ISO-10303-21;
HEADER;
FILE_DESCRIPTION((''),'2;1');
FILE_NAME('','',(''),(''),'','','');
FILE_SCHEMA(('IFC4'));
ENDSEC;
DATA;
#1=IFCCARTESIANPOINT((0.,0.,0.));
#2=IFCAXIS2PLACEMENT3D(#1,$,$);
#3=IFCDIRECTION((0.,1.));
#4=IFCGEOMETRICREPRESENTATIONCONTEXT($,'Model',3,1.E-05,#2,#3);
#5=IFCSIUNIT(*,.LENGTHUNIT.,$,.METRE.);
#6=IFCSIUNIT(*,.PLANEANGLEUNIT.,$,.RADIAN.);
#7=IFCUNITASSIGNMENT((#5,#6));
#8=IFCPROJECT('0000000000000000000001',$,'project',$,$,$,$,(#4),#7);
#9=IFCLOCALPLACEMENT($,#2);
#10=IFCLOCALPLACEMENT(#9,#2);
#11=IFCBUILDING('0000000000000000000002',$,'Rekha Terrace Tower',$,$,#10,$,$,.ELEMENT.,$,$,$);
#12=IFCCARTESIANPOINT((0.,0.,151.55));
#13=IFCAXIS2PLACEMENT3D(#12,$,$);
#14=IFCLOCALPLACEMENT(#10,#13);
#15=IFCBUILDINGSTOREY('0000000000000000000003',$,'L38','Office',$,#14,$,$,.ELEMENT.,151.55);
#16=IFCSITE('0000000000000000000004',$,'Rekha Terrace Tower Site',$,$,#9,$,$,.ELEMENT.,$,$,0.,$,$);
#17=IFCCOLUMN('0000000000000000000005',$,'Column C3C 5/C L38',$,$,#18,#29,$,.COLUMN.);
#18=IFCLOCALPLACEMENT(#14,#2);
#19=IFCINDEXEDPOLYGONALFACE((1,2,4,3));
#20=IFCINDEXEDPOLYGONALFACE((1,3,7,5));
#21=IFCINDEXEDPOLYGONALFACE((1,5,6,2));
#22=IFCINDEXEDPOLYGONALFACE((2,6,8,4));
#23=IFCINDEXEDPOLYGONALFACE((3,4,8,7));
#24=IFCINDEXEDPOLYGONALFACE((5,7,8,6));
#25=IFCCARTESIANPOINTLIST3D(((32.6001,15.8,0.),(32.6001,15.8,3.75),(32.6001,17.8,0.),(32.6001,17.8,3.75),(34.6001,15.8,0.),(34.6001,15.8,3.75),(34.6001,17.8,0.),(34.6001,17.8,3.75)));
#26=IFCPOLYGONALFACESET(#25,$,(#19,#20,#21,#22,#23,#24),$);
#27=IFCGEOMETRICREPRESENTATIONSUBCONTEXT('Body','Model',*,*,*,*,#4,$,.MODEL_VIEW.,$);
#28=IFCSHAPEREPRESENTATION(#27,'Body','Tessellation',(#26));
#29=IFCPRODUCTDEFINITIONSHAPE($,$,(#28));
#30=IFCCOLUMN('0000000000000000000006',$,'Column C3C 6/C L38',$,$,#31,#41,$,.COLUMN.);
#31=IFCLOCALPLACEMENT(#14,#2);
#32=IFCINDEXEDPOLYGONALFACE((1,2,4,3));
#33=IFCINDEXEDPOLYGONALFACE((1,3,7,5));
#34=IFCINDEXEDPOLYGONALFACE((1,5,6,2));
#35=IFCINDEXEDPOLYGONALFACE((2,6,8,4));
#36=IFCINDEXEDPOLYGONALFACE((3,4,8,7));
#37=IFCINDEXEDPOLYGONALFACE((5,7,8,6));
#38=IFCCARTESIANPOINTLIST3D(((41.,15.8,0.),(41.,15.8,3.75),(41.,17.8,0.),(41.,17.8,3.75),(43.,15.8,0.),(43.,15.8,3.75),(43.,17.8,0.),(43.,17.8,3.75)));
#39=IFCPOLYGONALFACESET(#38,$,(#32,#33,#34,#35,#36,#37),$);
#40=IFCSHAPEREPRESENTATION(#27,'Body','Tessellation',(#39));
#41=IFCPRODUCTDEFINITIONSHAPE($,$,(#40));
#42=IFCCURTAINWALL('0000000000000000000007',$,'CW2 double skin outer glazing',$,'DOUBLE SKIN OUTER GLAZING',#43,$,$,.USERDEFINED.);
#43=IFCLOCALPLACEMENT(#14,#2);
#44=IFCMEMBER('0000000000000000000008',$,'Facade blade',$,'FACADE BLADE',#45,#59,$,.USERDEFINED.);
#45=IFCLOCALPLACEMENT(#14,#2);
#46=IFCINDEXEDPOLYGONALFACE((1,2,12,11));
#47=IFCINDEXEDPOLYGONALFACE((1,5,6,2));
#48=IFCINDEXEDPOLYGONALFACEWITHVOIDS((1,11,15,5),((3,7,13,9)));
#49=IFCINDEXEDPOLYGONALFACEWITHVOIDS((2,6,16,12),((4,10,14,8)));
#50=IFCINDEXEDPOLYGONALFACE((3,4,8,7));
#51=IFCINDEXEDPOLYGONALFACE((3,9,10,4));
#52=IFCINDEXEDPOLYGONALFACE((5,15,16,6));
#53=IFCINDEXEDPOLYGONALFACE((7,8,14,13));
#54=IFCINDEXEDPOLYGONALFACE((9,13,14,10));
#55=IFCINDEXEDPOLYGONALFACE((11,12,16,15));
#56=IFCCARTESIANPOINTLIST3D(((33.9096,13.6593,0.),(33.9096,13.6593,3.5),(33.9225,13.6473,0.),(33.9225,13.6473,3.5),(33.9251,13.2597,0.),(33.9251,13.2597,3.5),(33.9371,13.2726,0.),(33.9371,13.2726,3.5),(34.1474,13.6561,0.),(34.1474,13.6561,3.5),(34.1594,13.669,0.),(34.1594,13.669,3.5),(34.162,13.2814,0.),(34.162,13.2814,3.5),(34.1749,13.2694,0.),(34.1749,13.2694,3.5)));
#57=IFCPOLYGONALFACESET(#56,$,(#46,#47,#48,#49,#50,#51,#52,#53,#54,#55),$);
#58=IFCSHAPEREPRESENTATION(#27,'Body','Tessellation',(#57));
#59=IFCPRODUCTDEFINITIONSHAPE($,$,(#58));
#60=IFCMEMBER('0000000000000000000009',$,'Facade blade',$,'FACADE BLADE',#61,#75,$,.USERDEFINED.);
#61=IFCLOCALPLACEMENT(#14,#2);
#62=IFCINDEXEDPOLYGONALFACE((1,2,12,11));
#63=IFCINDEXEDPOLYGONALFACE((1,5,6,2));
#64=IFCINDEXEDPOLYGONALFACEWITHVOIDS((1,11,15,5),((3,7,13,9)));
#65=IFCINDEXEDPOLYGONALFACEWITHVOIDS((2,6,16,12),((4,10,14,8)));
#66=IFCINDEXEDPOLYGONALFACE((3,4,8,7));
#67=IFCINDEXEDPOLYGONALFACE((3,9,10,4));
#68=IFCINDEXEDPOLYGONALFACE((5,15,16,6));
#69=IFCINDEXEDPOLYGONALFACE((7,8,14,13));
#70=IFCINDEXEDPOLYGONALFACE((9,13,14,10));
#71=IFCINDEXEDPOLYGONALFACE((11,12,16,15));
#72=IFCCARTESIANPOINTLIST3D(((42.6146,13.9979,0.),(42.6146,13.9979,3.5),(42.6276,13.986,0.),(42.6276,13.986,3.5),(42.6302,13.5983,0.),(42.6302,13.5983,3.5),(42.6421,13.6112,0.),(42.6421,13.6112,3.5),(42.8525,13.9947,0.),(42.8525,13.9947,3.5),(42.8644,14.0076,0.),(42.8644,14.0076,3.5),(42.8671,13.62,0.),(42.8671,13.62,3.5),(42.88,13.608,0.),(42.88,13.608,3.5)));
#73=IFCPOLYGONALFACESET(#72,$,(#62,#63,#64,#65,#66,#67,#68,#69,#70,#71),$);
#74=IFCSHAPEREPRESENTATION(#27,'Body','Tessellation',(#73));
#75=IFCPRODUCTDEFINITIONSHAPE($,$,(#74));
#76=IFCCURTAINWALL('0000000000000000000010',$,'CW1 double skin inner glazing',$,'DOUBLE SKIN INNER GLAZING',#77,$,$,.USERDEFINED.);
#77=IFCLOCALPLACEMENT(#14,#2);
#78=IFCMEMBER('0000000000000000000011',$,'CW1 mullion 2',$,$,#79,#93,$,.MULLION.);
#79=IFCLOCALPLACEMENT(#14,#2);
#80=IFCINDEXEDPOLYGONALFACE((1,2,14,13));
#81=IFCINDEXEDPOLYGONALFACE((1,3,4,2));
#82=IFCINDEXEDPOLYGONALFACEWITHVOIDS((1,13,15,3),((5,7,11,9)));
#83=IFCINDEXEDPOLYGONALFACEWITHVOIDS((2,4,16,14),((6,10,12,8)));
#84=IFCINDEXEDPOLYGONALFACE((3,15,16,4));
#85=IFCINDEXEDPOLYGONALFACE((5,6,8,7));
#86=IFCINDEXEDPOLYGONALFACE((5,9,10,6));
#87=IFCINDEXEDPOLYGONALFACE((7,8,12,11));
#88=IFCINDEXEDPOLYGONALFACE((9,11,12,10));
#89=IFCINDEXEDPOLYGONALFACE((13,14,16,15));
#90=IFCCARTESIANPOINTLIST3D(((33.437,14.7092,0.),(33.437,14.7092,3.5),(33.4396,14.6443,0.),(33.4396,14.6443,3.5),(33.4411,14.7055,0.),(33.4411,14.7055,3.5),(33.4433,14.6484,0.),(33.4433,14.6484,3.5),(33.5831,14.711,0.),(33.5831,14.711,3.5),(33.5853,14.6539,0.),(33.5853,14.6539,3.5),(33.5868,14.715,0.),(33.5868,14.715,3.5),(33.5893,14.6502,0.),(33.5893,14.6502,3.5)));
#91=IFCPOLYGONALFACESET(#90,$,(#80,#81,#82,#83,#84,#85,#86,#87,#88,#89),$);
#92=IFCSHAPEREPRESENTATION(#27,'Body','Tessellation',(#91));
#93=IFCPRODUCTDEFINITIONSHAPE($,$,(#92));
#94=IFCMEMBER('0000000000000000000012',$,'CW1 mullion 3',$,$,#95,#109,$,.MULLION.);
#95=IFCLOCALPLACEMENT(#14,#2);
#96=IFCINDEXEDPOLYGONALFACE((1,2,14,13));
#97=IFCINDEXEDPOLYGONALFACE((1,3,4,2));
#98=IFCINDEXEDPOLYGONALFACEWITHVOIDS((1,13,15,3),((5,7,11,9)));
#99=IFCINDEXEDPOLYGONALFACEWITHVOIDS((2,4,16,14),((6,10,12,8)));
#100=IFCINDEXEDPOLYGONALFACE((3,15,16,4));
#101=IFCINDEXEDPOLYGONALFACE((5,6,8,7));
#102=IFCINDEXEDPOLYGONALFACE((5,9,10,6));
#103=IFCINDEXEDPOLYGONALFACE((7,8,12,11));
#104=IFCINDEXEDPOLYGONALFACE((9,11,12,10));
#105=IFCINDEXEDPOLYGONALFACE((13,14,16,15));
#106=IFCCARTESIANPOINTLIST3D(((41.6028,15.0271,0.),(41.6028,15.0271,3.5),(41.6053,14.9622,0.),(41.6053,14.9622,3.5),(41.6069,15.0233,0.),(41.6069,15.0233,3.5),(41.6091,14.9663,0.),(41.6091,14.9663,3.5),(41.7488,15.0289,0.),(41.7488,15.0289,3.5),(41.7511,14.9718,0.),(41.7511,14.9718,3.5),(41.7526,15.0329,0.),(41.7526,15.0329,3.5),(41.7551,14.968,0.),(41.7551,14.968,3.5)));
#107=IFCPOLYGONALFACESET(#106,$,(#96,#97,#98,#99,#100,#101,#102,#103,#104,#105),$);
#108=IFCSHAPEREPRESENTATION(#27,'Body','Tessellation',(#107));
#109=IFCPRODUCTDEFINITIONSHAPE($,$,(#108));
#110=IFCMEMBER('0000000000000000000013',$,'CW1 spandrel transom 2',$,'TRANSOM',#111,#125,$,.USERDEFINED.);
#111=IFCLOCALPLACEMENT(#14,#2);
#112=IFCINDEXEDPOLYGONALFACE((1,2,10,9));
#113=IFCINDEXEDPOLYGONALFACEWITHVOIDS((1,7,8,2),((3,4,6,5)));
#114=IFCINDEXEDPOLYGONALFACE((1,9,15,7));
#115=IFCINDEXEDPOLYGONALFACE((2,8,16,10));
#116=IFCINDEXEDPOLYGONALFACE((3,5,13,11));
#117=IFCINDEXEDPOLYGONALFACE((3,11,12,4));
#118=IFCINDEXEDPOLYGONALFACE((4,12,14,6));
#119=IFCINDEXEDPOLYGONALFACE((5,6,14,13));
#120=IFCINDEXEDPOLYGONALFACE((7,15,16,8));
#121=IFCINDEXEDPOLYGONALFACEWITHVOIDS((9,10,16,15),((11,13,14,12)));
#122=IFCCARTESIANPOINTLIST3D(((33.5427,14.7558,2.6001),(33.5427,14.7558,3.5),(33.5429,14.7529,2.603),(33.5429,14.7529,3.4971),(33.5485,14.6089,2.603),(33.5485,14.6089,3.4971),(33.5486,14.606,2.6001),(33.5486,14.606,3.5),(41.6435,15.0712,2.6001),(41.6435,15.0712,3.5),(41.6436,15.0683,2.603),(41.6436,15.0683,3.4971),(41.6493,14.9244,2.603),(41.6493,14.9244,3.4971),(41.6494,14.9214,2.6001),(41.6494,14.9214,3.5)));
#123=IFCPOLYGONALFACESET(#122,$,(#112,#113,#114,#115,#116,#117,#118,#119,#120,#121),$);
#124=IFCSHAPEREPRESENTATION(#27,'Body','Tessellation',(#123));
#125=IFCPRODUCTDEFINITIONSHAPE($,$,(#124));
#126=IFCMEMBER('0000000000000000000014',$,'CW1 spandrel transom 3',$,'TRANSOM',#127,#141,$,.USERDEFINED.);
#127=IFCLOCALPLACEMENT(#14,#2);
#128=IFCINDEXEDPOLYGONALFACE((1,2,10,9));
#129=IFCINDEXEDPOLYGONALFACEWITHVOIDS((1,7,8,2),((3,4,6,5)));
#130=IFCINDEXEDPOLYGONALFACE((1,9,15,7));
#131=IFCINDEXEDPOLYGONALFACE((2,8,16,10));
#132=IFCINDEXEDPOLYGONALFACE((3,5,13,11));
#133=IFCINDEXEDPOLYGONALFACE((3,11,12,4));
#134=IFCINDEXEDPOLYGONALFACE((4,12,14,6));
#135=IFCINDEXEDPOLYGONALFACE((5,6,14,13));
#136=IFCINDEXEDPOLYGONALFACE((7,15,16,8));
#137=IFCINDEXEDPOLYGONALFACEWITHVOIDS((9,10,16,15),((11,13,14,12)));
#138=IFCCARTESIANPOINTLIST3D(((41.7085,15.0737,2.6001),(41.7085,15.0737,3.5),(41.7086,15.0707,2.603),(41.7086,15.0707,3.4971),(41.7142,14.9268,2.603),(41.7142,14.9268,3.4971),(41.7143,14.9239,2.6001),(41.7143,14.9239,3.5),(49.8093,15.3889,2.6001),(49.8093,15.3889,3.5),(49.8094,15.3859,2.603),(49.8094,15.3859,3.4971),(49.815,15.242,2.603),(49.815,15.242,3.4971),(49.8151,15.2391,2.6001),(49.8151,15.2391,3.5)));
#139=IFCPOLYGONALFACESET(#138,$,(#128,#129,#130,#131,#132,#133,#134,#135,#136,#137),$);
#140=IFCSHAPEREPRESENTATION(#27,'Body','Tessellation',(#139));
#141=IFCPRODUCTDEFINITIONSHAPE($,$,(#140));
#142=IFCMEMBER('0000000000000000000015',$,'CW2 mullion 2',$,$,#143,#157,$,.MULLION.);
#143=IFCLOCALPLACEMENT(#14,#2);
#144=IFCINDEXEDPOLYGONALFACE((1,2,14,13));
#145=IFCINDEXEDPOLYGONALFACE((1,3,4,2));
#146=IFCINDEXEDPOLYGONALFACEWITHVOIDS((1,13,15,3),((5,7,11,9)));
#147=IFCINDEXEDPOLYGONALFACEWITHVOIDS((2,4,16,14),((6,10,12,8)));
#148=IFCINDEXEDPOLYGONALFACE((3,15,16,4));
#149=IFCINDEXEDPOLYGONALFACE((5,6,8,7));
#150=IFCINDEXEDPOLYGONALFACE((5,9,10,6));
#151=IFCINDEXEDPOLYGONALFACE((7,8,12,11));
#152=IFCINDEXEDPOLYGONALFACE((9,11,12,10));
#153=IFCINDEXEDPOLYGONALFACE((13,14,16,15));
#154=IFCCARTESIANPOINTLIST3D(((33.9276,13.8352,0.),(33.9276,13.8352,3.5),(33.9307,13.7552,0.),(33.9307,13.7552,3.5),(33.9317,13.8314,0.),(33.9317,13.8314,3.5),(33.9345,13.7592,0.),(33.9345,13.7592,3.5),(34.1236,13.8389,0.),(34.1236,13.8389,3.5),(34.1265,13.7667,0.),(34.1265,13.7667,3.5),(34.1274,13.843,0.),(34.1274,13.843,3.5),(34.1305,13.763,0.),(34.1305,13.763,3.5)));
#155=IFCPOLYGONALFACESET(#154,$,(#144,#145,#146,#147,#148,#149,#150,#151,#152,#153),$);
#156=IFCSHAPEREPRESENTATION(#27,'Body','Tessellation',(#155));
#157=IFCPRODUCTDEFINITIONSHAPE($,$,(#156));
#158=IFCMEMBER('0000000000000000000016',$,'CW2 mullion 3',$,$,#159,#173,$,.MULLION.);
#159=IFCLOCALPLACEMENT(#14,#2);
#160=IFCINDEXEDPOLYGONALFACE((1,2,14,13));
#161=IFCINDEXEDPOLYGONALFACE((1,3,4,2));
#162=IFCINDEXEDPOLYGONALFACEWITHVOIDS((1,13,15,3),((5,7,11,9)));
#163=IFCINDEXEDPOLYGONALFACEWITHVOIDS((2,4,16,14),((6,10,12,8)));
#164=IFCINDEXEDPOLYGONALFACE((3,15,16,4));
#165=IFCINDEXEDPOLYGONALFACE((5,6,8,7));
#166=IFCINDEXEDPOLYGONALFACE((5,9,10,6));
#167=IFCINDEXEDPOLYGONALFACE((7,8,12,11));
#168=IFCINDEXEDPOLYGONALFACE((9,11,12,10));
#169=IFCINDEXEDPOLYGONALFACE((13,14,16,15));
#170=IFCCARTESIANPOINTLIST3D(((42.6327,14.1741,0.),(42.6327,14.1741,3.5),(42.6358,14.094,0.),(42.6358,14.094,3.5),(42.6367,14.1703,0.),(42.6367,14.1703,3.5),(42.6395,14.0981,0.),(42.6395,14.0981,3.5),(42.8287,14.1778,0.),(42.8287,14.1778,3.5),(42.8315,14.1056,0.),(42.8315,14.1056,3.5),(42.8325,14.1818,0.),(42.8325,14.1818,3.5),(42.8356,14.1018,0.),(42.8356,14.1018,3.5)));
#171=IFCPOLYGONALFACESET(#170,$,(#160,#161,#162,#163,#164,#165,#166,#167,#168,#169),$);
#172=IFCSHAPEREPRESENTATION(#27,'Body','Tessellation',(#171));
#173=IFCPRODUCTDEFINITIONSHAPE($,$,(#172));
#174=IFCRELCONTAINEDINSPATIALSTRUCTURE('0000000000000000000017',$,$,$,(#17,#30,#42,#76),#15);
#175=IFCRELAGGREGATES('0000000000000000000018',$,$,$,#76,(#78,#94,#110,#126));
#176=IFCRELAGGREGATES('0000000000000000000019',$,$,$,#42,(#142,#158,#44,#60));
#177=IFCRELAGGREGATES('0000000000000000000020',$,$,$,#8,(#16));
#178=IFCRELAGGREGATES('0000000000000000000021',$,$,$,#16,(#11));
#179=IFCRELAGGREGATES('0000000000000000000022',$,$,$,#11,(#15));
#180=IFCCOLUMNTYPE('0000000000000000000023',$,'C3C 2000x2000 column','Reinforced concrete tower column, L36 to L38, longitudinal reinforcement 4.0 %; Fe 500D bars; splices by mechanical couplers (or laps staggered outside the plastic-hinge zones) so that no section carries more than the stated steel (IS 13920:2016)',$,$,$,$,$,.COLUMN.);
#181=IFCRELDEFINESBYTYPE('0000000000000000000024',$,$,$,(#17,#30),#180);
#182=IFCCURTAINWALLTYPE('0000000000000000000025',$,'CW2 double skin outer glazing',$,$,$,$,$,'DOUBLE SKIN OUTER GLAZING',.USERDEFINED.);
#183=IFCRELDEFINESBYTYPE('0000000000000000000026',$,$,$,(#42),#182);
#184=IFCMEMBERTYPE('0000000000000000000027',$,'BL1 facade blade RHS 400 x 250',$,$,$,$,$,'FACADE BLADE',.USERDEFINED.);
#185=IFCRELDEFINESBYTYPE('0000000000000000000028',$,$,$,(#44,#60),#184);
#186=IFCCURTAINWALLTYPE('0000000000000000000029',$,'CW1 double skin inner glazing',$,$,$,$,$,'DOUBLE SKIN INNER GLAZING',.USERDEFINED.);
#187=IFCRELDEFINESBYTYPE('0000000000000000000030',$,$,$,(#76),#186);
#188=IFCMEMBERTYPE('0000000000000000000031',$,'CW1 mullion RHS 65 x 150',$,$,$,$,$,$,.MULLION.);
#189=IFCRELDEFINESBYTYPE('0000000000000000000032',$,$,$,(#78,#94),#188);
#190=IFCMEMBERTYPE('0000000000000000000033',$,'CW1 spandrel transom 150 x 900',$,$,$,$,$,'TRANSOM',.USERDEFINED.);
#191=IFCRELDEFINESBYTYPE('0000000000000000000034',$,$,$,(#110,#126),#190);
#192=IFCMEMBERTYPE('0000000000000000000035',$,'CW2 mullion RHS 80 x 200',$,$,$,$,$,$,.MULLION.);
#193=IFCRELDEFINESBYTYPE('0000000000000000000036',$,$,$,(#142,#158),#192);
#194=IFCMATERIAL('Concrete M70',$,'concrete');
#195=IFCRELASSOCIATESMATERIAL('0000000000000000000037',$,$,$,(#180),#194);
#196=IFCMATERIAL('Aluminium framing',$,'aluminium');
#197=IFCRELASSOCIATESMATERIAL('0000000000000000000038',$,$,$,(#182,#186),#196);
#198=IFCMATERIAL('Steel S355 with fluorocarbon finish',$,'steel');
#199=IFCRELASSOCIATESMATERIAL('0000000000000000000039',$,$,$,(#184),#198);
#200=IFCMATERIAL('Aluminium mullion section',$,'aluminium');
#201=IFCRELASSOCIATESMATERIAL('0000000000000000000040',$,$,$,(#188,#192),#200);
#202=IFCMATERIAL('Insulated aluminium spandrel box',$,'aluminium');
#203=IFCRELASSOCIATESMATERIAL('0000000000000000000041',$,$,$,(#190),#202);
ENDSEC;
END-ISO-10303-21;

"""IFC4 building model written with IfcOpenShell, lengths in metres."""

from ifc_helpers import new_model, si_unit, direction, frame, origin, origin_2d, place, context, subcontext, project, spatial, rectangle, hollow_rectangle, extrude, material, material_profile, profile_set, type_object, element, aggregate, save


model = new_model("IFC4")

# Units and contexts
model_context = context("Model", 3, precision=1e-05, world=origin(), true_north=direction((0.0, 1.0)))
body_context = subcontext(model_context, "Body", "Model", "MODEL_VIEW")
ifc_project = project(units=[si_unit("LENGTHUNIT", "METRE"), si_unit("PLANEANGLEUNIT", "RADIAN")], contexts=[model_context])

# Site, building, storey
site_placement = place(None, origin())
site = spatial("IfcSite", under=ifc_project, at=site_placement, Name="Rekha Terrace Tower Site", CompositionType="ELEMENT", RefElevation=0.0)
building_placement = place(site_placement, origin())
building = spatial("IfcBuilding", under=site, at=building_placement, Name="Rekha Terrace Tower", CompositionType="ELEMENT")
storey_placement = place(building_placement, frame((0.0, 0.0, 151.55)))
storey = spatial("IfcBuildingStorey", under=building, at=storey_placement, Name="L38", Description="Office", CompositionType="ELEMENT", Elevation=151.55)

# Columns
ifc_material_1 = material(Name="Concrete M70", Category="concrete")
ifc_material_profile_1 = material_profile(ifc_material_1, rectangle(XDim=2.0, YDim=2.0, at=origin_2d()), Name="RC 2000x2000")
ifc_profile_set_1 = profile_set([ifc_material_profile_1], Name="Concrete M70")
column_type = type_object("IfcColumnType", Name="C3C 2000x2000 column", Description="Reinforced concrete tower column, L36 to L38, longitudinal reinforcement 4.0 %; Fe 500D bars; splices by mechanical couplers (or laps staggered outside the plastic-hinge zones) so that no section carries more than the stated steel (IS 13920:2016)", PredefinedType="COLUMN", material=ifc_profile_set_1)
for number, where, z_axis, x_axis, name in (
    (1, (33.6001, 16.8, 0.0), (0.0, 0.0, 1.0), (1.0, 0.0, 0.0), "Column C3C 5/C L38"),
    (2, (42.0, 16.8, 0.0), (0.0, 0.0, 1.0), (1.0, 0.0, 0.0), "Column C3C 6/C L38"),
):
    element("IfcColumn", number, at=place(storey_placement, frame(where, z_axis=z_axis, x_axis=x_axis)), inside=storey, type_object=column_type, Name=name, PredefinedType="COLUMN", context=body_context, shape_type="SweptSolid", body=[
        extrude(rectangle(XDim=2.0, YDim=2.0, at=origin_2d()), origin(), (0.0, 0.0, 1.0), 3.75),
    ])

# Curtain walls, members
ifc_material_2 = material(Name="Aluminium framing", Category="aluminium")
curtain_wall_type_1 = type_object("IfcCurtainWallType", Name="CW2 double skin outer glazing", ElementType="DOUBLE SKIN OUTER GLAZING", PredefinedType="USERDEFINED", material=ifc_material_2)
curtain_wall_1_placement = place(storey_placement, origin())
curtain_wall_1 = element("IfcCurtainWall", 3, at=curtain_wall_1_placement, inside=storey, type_object=curtain_wall_type_1, Name="CW2 double skin outer glazing", ObjectType="DOUBLE SKIN OUTER GLAZING", PredefinedType="USERDEFINED")
ifc_material_3 = material(Name="Steel S355 with fluorocarbon finish", Category="steel")
ifc_material_profile_2 = material_profile(ifc_material_3, hollow_rectangle(XDim=0.25, YDim=0.3999, WallThickness=0.0125, at=origin_2d()), Name="RHS400x250x12.5")
ifc_profile_set_2 = profile_set([ifc_material_profile_2], Name="Steel S355 with fluorocarbon finish")
member_type_1 = type_object("IfcMemberType", Name="BL1 facade blade RHS 400 x 250", ElementType="FACADE BLADE", PredefinedType="USERDEFINED", material=ifc_profile_set_2)
member_1_placement = place(storey_placement, frame((34.0422, 13.4644, 0.0), z_axis=(0.0, 0.0, 1.0), x_axis=(0.999243, 0.03889, 0.0)))
member_1 = element("IfcMember", 4, at=member_1_placement, type_object=member_type_1, Name="Facade blade", ObjectType="FACADE BLADE", PredefinedType="USERDEFINED", context=body_context, shape_type="SweptSolid", body=[
    extrude(hollow_rectangle(XDim=0.25, YDim=0.3999, WallThickness=0.0125, at=origin_2d()), origin(), (0.0, 0.0, 1.0), 3.5),
])
member_2_placement = place(storey_placement, frame((42.7473, 13.803, 0.0), z_axis=(0.0, 0.0, 1.0), x_axis=(0.999243, 0.03889, 0.0)))
member_2 = element("IfcMember", 5, at=member_2_placement, type_object=member_type_1, Name="Facade blade", ObjectType="FACADE BLADE", PredefinedType="USERDEFINED", context=body_context, shape_type="SweptSolid", body=[
    extrude(hollow_rectangle(XDim=0.25, YDim=0.3999, WallThickness=0.0125, at=origin_2d()), origin(), (0.0, 0.0, 1.0), 3.5),
])
curtain_wall_type_2 = type_object("IfcCurtainWallType", Name="CW1 double skin inner glazing", ElementType="DOUBLE SKIN INNER GLAZING", PredefinedType="USERDEFINED", material=ifc_material_2)
curtain_wall_2_placement = place(storey_placement, origin())
curtain_wall_2 = element("IfcCurtainWall", 6, at=curtain_wall_2_placement, inside=storey, type_object=curtain_wall_type_2, Name="CW1 double skin inner glazing", ObjectType="DOUBLE SKIN INNER GLAZING", PredefinedType="USERDEFINED")
ifc_material_4 = material(Name="Aluminium mullion section", Category="aluminium")
ifc_material_profile_3 = material_profile(ifc_material_4, hollow_rectangle(XDim=0.0649, YDim=0.1499, WallThickness=0.0039, at=origin_2d()), Name="AL RHS 65x150")
ifc_profile_set_3 = profile_set([ifc_material_profile_3], Name="Aluminium mullion section")
member_type_2 = type_object("IfcMemberType", Name="CW1 mullion RHS 65 x 150", PredefinedType="MULLION", material=ifc_profile_set_3)
member_3_placement = place(storey_placement, frame((33.5132, 14.6797, 0.0), z_axis=(0.0, 0.0, 1.0), x_axis=(-0.03889, 0.999243, 0.0)))
member_3 = element("IfcMember", 7, at=member_3_placement, type_object=member_type_2, Name="CW1 mullion 2", PredefinedType="MULLION", context=body_context, shape_type="SweptSolid", body=[
    extrude(hollow_rectangle(XDim=0.0649, YDim=0.1499, WallThickness=0.0039, at=origin_2d()), origin(), (0.0, 0.0, 1.0), 3.5),
])
member_4_placement = place(storey_placement, frame((41.679, 14.9976, 0.0), z_axis=(0.0, 0.0, 1.0), x_axis=(-0.03889, 0.999243, 0.0)))
member_4 = element("IfcMember", 8, at=member_4_placement, type_object=member_type_2, Name="CW1 mullion 3", PredefinedType="MULLION", context=body_context, shape_type="SweptSolid", body=[
    extrude(hollow_rectangle(XDim=0.0649, YDim=0.1499, WallThickness=0.0039, at=origin_2d()), origin(), (0.0, 0.0, 1.0), 3.5),
])
ifc_material_5 = material(Name="Insulated aluminium spandrel box", Category="aluminium")
ifc_material_profile_4 = material_profile(ifc_material_5, hollow_rectangle(XDim=0.1499, YDim=0.8999, WallThickness=0.0029, at=origin_2d()), Name="AL SPANDREL BOX 150x900")
ifc_profile_set_4 = profile_set([ifc_material_profile_4], Name="Insulated aluminium spandrel box")
member_type_3 = type_object("IfcMemberType", Name="CW1 spandrel transom 150 x 900", ElementType="TRANSOM", PredefinedType="USERDEFINED", material=ifc_profile_set_4)
member_5_placement = place(storey_placement, frame((33.5457, 14.6809, 3.05), z_axis=(0.999243, 0.038908, 0.0), x_axis=(-0.038908, 0.999243, 0.0)))
member_5 = element("IfcMember", 9, at=member_5_placement, type_object=member_type_3, Name="CW1 spandrel transom 2", ObjectType="TRANSOM", PredefinedType="USERDEFINED", context=body_context, shape_type="SweptSolid", body=[
    extrude(hollow_rectangle(XDim=0.1499, YDim=0.8999, WallThickness=0.0029, at=origin_2d()), origin(), (0.0, 0.0, 1.0), 8.1069),
])
member_6_placement = place(storey_placement, frame((41.7114, 14.9988, 3.05), z_axis=(0.999244, 0.038878, 0.0), x_axis=(-0.038878, 0.999244, 0.0)))
member_6 = element("IfcMember", 10, at=member_6_placement, type_object=member_type_3, Name="CW1 spandrel transom 3", ObjectType="TRANSOM", PredefinedType="USERDEFINED", context=body_context, shape_type="SweptSolid", body=[
    extrude(hollow_rectangle(XDim=0.1499, YDim=0.8999, WallThickness=0.0029, at=origin_2d()), origin(), (0.0, 0.0, 1.0), 8.1069),
])

# Members
ifc_material_profile_5 = material_profile(ifc_material_4, hollow_rectangle(XDim=0.0801, YDim=0.2, WallThickness=0.0039, at=origin_2d()), Name="AL RHS 80x200")
ifc_profile_set_5 = profile_set([ifc_material_profile_5], Name="Aluminium mullion section")
member_type_4 = type_object("IfcMemberType", Name="CW2 mullion RHS 80 x 200", PredefinedType="MULLION", material=ifc_profile_set_5)
member_7_placement = place(storey_placement, frame((34.0291, 13.7991, 0.0), z_axis=(0.0, 0.0, 1.0), x_axis=(-0.03889, 0.999243, 0.0)))
member_7 = element("IfcMember", 11, at=member_7_placement, type_object=member_type_4, Name="CW2 mullion 2", PredefinedType="MULLION", context=body_context, shape_type="SweptSolid", body=[
    extrude(hollow_rectangle(XDim=0.0801, YDim=0.2, WallThickness=0.0039, at=origin_2d()), origin(), (0.0, 0.0, 1.0), 3.5),
])
member_8_placement = place(storey_placement, frame((42.7341, 14.1379, 0.0), z_axis=(0.0, 0.0, 1.0), x_axis=(-0.03889, 0.999243, 0.0)))
member_8 = element("IfcMember", 12, at=member_8_placement, type_object=member_type_4, Name="CW2 mullion 3", PredefinedType="MULLION", context=body_context, shape_type="SweptSolid", body=[
    extrude(hollow_rectangle(XDim=0.0801, YDim=0.2, WallThickness=0.0039, at=origin_2d()), origin(), (0.0, 0.0, 1.0), 3.5),
])

aggregate(curtain_wall_2, [member_3, member_4, member_5, member_6])
aggregate(curtain_wall_1, [member_7, member_8, member_1, member_2])

save(model, "model.ifc")
